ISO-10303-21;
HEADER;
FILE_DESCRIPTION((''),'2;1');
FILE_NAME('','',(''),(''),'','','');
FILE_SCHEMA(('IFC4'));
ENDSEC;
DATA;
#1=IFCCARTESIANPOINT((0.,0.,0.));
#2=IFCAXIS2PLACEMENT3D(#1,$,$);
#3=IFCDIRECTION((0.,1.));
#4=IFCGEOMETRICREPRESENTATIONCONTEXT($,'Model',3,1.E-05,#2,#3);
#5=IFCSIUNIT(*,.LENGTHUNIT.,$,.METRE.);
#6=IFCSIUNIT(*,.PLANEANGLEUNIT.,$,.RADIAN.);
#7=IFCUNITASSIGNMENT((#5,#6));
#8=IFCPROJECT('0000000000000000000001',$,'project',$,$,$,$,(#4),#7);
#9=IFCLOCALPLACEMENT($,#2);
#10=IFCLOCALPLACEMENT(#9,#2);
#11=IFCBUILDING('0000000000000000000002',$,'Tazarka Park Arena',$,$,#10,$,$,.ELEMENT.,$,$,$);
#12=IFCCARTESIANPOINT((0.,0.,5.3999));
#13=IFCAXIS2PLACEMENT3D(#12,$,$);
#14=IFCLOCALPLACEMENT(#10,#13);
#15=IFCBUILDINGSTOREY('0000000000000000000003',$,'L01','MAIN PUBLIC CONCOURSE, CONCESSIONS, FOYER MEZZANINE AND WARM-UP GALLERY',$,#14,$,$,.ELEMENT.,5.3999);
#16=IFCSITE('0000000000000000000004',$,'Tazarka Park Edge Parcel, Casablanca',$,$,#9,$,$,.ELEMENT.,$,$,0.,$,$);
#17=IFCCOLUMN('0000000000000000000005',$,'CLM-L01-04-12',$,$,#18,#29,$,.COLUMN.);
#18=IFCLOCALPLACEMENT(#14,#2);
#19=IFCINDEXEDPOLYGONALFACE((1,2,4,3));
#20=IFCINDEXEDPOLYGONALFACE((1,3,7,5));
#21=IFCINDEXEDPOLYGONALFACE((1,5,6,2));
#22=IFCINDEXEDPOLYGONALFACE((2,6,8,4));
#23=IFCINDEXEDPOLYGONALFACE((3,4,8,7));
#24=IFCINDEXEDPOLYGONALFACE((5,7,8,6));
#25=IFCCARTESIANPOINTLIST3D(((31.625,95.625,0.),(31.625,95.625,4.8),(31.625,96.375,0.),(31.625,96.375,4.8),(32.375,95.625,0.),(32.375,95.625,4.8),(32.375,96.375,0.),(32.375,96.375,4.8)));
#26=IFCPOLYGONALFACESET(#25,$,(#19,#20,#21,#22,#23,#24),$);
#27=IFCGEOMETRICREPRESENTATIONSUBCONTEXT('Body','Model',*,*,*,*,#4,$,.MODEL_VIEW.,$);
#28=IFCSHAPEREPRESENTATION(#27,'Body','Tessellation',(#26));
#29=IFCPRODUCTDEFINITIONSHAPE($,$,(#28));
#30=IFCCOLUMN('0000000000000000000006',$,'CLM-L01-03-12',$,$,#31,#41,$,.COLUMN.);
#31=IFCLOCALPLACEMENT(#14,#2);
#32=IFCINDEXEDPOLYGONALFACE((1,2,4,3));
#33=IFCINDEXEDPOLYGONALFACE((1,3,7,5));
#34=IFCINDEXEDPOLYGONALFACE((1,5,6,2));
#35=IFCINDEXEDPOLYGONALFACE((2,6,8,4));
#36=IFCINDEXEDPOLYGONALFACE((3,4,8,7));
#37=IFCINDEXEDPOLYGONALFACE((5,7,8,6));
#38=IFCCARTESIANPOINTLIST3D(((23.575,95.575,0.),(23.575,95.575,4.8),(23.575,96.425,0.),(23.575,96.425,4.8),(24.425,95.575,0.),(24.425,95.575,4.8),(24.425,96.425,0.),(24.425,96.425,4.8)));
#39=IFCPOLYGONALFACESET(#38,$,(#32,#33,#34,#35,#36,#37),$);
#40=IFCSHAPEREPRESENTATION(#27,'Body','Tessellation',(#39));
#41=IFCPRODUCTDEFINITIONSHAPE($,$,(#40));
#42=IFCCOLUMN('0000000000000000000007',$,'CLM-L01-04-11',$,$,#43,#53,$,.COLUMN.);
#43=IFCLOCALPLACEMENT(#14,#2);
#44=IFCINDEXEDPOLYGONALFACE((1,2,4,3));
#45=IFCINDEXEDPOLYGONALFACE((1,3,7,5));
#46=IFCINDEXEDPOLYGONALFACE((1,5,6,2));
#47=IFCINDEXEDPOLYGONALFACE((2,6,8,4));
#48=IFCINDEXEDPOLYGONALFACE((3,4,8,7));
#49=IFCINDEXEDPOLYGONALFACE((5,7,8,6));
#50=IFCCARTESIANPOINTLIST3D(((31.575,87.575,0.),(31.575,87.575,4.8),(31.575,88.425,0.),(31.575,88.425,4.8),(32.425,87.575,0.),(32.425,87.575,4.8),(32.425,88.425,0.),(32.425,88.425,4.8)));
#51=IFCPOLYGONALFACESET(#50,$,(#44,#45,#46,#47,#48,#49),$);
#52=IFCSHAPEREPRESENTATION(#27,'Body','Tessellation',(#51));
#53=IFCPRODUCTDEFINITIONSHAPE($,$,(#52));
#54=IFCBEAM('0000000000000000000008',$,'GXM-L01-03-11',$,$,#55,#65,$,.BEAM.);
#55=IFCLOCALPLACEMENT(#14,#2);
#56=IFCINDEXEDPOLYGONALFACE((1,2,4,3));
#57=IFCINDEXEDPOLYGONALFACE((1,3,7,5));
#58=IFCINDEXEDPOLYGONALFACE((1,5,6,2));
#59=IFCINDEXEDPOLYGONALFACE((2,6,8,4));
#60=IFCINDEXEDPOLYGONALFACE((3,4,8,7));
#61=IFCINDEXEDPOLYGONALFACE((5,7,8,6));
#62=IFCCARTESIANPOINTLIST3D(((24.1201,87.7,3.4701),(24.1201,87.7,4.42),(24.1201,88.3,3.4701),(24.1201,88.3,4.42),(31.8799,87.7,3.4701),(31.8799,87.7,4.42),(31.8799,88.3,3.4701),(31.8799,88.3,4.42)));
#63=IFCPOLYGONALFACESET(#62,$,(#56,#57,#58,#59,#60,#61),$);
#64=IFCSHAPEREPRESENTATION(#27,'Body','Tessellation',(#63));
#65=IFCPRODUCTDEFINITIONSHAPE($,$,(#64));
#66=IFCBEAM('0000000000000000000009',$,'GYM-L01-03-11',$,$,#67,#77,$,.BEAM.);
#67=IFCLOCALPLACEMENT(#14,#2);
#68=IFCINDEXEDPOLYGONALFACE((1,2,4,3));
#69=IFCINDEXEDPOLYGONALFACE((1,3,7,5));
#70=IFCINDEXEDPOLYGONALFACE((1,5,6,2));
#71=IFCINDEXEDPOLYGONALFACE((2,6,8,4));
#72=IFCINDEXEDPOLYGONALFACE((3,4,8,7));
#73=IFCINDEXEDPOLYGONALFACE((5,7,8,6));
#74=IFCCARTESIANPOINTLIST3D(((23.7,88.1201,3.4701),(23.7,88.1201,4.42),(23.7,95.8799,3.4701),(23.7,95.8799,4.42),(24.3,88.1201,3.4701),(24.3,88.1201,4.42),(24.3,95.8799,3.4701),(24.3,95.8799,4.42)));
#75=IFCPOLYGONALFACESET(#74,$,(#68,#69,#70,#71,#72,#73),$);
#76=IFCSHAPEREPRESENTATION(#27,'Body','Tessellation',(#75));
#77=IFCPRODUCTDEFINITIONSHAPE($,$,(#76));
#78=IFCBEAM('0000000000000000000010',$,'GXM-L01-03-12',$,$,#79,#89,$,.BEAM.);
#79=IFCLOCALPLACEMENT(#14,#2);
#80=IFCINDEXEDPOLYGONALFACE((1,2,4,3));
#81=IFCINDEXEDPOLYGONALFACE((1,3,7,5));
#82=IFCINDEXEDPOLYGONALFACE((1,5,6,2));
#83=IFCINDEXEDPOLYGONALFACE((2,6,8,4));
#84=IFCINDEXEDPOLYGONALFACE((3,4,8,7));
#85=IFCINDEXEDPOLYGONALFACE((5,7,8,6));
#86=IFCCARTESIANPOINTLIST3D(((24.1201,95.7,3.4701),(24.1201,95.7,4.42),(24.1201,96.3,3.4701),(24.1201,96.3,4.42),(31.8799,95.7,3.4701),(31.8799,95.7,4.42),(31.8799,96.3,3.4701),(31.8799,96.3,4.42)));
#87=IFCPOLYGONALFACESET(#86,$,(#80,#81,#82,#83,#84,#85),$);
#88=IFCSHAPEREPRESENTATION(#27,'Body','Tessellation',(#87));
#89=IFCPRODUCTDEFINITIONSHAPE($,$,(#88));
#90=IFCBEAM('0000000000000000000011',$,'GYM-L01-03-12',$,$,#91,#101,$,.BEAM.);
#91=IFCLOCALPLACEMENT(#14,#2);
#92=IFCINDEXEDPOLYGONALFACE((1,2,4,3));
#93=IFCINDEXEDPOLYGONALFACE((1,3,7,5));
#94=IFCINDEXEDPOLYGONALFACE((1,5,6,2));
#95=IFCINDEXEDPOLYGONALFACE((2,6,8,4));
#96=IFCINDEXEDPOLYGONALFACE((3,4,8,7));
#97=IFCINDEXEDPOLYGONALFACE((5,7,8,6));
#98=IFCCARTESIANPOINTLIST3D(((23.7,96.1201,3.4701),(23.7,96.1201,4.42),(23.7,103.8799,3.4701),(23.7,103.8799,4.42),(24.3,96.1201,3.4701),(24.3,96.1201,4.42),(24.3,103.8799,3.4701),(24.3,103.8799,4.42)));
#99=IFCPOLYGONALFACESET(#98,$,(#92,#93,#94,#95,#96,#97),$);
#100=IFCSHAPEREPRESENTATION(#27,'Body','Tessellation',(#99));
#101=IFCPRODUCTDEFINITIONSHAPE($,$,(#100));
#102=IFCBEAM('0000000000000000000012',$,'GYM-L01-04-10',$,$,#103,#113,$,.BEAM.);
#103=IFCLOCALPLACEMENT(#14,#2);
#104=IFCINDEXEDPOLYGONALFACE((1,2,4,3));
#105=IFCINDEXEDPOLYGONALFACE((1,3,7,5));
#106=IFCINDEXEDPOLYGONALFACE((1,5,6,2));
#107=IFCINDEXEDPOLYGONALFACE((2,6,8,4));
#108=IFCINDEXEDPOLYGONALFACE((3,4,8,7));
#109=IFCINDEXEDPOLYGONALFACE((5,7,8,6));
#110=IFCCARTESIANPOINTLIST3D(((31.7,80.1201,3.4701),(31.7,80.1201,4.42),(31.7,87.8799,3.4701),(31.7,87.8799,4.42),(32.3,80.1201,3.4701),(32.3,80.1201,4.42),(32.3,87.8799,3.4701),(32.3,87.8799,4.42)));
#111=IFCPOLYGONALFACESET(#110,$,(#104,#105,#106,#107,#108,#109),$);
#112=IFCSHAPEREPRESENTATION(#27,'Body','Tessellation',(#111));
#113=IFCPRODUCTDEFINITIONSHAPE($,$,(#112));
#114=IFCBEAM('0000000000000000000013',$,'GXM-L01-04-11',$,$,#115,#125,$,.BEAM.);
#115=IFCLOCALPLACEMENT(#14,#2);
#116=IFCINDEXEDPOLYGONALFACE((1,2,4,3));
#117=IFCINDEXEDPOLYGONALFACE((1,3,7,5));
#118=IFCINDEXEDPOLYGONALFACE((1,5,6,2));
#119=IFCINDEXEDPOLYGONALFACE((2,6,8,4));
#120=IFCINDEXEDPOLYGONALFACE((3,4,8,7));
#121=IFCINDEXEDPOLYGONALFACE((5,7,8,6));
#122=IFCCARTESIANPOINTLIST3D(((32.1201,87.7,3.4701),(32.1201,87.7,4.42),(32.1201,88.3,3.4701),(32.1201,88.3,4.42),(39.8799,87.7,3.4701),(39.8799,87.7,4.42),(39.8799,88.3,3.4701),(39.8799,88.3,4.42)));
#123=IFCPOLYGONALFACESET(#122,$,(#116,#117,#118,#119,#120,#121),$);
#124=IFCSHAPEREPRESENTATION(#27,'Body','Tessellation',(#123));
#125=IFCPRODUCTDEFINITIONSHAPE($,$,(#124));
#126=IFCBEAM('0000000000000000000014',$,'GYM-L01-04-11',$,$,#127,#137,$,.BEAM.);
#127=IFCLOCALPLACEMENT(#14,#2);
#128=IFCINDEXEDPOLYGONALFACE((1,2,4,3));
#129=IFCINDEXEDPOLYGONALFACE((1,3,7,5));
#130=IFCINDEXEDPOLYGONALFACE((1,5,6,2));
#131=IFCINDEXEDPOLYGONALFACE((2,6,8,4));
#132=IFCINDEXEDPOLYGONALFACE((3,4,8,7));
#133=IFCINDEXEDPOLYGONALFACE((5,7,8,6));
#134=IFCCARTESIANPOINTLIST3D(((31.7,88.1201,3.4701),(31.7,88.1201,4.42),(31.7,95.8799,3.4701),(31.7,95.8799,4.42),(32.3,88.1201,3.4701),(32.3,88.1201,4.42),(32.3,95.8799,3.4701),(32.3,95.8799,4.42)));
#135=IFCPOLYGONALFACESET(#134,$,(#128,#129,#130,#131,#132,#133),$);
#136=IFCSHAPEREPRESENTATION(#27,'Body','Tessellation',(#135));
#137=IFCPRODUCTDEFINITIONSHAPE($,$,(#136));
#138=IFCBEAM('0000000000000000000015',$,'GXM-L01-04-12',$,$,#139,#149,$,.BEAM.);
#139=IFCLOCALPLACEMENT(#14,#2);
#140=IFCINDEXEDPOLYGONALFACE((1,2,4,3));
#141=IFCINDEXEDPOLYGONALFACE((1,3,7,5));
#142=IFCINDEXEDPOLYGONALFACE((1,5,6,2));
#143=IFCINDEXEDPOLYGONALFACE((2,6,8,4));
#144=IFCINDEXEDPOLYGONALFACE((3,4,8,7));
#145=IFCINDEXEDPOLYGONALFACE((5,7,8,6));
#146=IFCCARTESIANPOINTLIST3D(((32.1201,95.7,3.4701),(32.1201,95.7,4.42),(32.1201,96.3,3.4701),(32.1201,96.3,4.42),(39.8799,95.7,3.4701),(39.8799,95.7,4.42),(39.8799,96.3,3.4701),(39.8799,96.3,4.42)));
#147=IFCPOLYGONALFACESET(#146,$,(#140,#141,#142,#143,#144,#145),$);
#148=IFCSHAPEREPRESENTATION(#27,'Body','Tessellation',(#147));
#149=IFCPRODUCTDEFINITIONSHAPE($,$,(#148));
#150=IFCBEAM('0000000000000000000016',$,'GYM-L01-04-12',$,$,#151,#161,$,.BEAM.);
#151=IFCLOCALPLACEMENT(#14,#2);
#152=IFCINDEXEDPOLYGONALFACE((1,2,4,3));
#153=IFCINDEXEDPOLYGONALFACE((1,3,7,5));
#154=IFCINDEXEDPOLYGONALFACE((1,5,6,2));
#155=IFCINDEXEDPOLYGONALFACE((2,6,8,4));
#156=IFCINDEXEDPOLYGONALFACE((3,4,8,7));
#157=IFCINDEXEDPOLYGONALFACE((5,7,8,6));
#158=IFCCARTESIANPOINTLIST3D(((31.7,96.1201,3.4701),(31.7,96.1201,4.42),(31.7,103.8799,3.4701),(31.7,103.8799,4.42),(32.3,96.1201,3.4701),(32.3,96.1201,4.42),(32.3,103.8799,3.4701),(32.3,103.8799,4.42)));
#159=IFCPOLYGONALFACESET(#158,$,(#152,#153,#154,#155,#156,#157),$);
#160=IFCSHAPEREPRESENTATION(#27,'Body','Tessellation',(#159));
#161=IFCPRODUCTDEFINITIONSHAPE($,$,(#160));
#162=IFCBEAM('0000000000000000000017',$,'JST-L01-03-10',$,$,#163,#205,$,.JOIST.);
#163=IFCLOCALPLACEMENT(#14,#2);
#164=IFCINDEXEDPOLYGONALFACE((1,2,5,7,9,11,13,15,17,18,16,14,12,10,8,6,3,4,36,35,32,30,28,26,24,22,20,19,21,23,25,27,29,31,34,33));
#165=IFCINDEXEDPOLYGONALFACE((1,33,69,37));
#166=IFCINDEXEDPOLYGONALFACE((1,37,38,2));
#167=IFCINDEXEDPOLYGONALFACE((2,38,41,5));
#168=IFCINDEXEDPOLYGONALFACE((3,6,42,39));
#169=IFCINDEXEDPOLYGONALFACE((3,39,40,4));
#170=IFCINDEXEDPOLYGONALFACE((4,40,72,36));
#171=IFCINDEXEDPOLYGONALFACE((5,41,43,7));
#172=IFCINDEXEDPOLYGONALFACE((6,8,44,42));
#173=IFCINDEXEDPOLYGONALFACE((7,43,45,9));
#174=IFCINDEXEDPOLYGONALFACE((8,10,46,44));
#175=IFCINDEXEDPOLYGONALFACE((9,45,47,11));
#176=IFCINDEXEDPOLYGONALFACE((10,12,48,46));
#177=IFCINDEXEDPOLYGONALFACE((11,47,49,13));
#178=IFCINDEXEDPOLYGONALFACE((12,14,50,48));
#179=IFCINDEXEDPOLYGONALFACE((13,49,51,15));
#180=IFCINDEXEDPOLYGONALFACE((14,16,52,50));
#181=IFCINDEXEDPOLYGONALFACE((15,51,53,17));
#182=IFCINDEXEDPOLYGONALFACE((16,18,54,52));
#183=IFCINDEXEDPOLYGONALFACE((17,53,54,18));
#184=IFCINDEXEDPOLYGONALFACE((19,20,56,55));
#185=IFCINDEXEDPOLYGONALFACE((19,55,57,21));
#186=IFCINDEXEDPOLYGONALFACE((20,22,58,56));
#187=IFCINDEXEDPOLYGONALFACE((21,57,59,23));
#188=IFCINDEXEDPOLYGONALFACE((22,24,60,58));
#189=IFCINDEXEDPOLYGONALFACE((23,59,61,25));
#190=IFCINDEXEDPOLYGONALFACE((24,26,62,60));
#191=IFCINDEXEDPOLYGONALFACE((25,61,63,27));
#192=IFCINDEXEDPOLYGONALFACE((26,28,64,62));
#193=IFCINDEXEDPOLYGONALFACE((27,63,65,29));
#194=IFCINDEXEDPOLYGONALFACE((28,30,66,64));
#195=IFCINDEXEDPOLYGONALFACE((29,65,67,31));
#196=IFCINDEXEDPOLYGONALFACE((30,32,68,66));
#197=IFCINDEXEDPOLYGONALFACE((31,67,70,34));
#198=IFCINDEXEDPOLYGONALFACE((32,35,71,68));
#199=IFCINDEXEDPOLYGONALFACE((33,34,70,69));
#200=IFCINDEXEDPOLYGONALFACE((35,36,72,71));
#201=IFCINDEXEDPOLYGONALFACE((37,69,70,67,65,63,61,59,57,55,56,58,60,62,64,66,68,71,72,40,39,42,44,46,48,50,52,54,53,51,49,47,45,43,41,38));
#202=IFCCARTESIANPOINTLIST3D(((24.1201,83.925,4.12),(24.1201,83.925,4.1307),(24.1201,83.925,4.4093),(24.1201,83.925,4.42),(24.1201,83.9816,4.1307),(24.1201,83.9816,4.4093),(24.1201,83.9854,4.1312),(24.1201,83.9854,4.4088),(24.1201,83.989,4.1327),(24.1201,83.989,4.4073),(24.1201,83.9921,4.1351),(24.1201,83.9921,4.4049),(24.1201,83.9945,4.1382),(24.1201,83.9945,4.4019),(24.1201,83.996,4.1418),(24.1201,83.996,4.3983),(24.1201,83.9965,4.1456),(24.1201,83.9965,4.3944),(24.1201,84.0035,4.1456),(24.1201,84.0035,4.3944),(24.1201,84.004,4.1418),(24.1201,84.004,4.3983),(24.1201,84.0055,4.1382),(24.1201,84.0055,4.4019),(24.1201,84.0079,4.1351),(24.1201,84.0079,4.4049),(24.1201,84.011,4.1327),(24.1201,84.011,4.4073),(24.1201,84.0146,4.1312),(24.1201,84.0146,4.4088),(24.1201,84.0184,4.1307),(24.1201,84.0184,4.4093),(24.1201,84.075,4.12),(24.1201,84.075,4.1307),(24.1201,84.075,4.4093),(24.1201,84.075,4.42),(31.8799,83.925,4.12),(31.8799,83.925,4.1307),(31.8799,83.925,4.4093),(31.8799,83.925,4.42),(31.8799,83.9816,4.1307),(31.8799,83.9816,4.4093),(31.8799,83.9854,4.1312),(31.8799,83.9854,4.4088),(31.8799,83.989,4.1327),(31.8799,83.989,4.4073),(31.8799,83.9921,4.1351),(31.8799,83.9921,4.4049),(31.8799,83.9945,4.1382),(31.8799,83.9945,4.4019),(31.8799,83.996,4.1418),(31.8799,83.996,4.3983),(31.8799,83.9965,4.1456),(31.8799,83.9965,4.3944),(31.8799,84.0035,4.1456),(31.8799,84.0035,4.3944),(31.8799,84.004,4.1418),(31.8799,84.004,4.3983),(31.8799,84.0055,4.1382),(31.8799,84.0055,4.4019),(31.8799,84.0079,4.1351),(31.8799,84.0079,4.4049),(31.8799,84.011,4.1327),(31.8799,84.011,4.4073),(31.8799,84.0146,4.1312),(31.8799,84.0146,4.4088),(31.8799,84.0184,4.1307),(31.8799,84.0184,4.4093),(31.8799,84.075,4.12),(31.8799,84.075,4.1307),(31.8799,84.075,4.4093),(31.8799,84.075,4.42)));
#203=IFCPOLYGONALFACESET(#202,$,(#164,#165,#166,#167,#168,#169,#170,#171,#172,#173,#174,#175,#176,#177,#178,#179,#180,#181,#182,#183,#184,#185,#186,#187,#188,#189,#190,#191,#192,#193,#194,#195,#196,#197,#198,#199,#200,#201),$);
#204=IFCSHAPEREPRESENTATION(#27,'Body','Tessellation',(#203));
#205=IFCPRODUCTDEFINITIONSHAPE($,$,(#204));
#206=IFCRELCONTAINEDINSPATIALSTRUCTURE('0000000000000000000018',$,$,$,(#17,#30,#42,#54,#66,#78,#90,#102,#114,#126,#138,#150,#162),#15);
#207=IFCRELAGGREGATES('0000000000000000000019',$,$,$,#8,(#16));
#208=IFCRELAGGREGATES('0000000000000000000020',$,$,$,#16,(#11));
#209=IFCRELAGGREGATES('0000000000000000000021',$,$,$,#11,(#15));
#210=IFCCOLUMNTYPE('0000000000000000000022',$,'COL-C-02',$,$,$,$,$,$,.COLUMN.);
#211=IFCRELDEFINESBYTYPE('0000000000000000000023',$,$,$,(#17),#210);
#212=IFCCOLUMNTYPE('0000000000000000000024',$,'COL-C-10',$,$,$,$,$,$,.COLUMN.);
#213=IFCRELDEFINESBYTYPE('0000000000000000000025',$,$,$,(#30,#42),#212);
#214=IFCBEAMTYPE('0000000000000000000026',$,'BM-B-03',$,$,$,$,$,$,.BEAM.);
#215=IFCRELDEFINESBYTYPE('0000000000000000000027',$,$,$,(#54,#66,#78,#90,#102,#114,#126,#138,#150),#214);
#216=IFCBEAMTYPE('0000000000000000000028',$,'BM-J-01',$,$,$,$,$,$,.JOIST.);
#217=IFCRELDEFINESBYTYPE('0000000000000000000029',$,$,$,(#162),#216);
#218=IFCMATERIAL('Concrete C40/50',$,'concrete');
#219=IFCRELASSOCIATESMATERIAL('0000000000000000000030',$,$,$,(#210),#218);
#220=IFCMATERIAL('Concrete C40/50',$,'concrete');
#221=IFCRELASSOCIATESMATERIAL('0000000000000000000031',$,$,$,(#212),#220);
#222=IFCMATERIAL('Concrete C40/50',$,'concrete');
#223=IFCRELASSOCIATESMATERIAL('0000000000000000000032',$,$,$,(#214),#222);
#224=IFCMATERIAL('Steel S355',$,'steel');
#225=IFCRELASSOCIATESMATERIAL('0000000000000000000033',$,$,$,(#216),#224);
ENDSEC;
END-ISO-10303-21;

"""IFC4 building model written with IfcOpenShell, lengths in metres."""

from ifc_helpers import new_model, si_unit, direction, frame, origin, origin_2d, place, context, subcontext, project, spatial, rectangle, i_section, extrude, material, material_profile, profile_set, type_object, element, save


model = new_model("IFC4")

# Units and contexts
model_context = context("Model", 3, precision=1e-05, world=origin(), true_north=direction((0.0, 1.0)))
body_context = subcontext(model_context, "Body", "Model", "MODEL_VIEW")
ifc_project = project(units=[si_unit("LENGTHUNIT", "METRE"), si_unit("PLANEANGLEUNIT", "RADIAN")], contexts=[model_context])

# Site, building, storey
site_placement = place(None, origin())
site = spatial("IfcSite", under=ifc_project, at=site_placement, Name="Tazarka Park Edge Parcel, Casablanca", CompositionType="ELEMENT", RefElevation=0.0)
building_placement = place(site_placement, origin())
building = spatial("IfcBuilding", under=site, at=building_placement, Name="Tazarka Park Arena", CompositionType="ELEMENT")
storey_placement = place(building_placement, frame((0.0, 0.0, 5.3999)))
storey = spatial("IfcBuildingStorey", under=building, at=storey_placement, Name="L01", Description="MAIN PUBLIC CONCOURSE, CONCESSIONS, FOYER MEZZANINE AND WARM-UP GALLERY", CompositionType="ELEMENT", Elevation=5.3999)

# Columns
ifc_material_1 = material(Name="Concrete C40/50", Category="concrete")
ifc_material_profile_1 = material_profile(ifc_material_1, rectangle(XDim=0.75, YDim=0.75, at=origin_2d()), Name="Concrete C40/50")
ifc_profile_set_1 = profile_set([ifc_material_profile_1], Name="Concrete C40/50")
column_type_1 = type_object("IfcColumnType", Name="COL-C-02", PredefinedType="COLUMN", material=ifc_profile_set_1)
column_placement = place(storey_placement, frame((32.0, 96.0, 0.0), z_axis=(0.0, 0.0, 1.0), x_axis=(1.0, 0.0, 0.0)))
element("IfcColumn", 1, at=column_placement, inside=storey, type_object=column_type_1, Name="CLM-L01-04-12", PredefinedType="COLUMN", context=body_context, shape_type="SweptSolid", body=[
    extrude(rectangle(XDim=0.75, YDim=0.75, at=origin_2d()), origin(), (0.0, 0.0, 1.0), 4.8),
])
ifc_material_2 = material(Name="Concrete C40/50", Category="concrete")
ifc_material_profile_2 = material_profile(ifc_material_2, rectangle(XDim=0.8501, YDim=0.8501, at=origin_2d()), Name="Concrete C40/50")
ifc_profile_set_2 = profile_set([ifc_material_profile_2], Name="Concrete C40/50")
column_type_2 = type_object("IfcColumnType", Name="COL-C-10", PredefinedType="COLUMN", material=ifc_profile_set_2)
for number, where, z_axis, x_axis, name in (
    (2, (24.0, 96.0, 0.0), (0.0, 0.0, 1.0), (1.0, 0.0, 0.0), "CLM-L01-03-12"),
    (3, (32.0, 88.0, 0.0), (0.0, 0.0, 1.0), (1.0, 0.0, 0.0), "CLM-L01-04-11"),
):
    element("IfcColumn", number, at=place(storey_placement, frame(where, z_axis=z_axis, x_axis=x_axis)), inside=storey, type_object=column_type_2, Name=name, PredefinedType="COLUMN", context=body_context, shape_type="SweptSolid", body=[
        extrude(rectangle(XDim=0.8501, YDim=0.8501, at=origin_2d()), origin(), (0.0, 0.0, 1.0), 4.8),
    ])

# Beams
ifc_material_3 = material(Name="Concrete C40/50", Category="concrete")
ifc_material_profile_3 = material_profile(ifc_material_3, rectangle(XDim=0.6001, YDim=0.95, at=origin_2d()), Name="Concrete C40/50")
ifc_profile_set_3 = profile_set([ifc_material_profile_3], Name="Concrete C40/50")
beam_type_1 = type_object("IfcBeamType", Name="BM-B-03", PredefinedType="BEAM", material=ifc_profile_set_3)
for number, where, z_axis, x_axis, name in (
    (4, (24.1201, 88.0, 3.9451), (1.0, 0.0, 0.0), (0.0, 1.0, 0.0), "GXM-L01-03-11"),
    (5, (24.0, 88.1201, 3.9451), (0.0, 1.0, 0.0), (-1.0, 0.0, 0.0), "GYM-L01-03-11"),
    (6, (24.1201, 96.0, 3.9451), (1.0, 0.0, 0.0), (0.0, 1.0, 0.0), "GXM-L01-03-12"),
    (7, (24.0, 96.1201, 3.9451), (0.0, 1.0, 0.0), (-1.0, 0.0, 0.0), "GYM-L01-03-12"),
    (8, (32.0, 80.1201, 3.9451), (0.0, 1.0, 0.0), (-1.0, 0.0, 0.0), "GYM-L01-04-10"),
    (9, (32.1201, 88.0, 3.9451), (1.0, 0.0, 0.0), (0.0, 1.0, 0.0), "GXM-L01-04-11"),
    (10, (32.0, 88.1201, 3.9451), (0.0, 1.0, 0.0), (-1.0, 0.0, 0.0), "GYM-L01-04-11"),
    (11, (32.1201, 96.0, 3.9451), (1.0, 0.0, 0.0), (0.0, 1.0, 0.0), "GXM-L01-04-12"),
    (12, (32.0, 96.1201, 3.9451), (0.0, 1.0, 0.0), (-1.0, 0.0, 0.0), "GYM-L01-04-12"),
):
    element("IfcBeam", number, at=place(storey_placement, frame(where, z_axis=z_axis, x_axis=x_axis)), inside=storey, type_object=beam_type_1, Name=name, PredefinedType="BEAM", context=body_context, shape_type="SweptSolid", body=[
        extrude(rectangle(XDim=0.6001, YDim=0.95, at=origin_2d()), origin(), (0.0, 0.0, 1.0), 7.7598),
    ])
ifc_material_4 = material(Name="Steel S355", Category="steel")
ifc_material_profile_4 = material_profile(ifc_material_4, i_section(OverallWidth=0.1499, OverallDepth=0.3, WebThickness=0.0071, FlangeThickness=0.0107, FilletRadius=0.0149, at=origin_2d()), Name="Steel S355")
ifc_profile_set_4 = profile_set([ifc_material_profile_4], Name="Steel S355")
beam_type_2 = type_object("IfcBeamType", Name="BM-J-01", PredefinedType="JOIST", material=ifc_profile_set_4)
beam_1_placement = place(storey_placement, frame((24.1201, 84.0, 4.27), z_axis=(1.0, 0.0, 0.0), x_axis=(0.0, 1.0, 0.0)))
element("IfcBeam", 13, at=beam_1_placement, inside=storey, type_object=beam_type_2, Name="JST-L01-03-10", PredefinedType="JOIST", context=body_context, shape_type="SweptSolid", body=[
    extrude(i_section(OverallWidth=0.1499, OverallDepth=0.3, WebThickness=0.0071, FlangeThickness=0.0107, FilletRadius=0.0149, at=origin_2d()), origin(), (0.0, 0.0, 1.0), 7.7598),
])

save(model, "model.ifc")
